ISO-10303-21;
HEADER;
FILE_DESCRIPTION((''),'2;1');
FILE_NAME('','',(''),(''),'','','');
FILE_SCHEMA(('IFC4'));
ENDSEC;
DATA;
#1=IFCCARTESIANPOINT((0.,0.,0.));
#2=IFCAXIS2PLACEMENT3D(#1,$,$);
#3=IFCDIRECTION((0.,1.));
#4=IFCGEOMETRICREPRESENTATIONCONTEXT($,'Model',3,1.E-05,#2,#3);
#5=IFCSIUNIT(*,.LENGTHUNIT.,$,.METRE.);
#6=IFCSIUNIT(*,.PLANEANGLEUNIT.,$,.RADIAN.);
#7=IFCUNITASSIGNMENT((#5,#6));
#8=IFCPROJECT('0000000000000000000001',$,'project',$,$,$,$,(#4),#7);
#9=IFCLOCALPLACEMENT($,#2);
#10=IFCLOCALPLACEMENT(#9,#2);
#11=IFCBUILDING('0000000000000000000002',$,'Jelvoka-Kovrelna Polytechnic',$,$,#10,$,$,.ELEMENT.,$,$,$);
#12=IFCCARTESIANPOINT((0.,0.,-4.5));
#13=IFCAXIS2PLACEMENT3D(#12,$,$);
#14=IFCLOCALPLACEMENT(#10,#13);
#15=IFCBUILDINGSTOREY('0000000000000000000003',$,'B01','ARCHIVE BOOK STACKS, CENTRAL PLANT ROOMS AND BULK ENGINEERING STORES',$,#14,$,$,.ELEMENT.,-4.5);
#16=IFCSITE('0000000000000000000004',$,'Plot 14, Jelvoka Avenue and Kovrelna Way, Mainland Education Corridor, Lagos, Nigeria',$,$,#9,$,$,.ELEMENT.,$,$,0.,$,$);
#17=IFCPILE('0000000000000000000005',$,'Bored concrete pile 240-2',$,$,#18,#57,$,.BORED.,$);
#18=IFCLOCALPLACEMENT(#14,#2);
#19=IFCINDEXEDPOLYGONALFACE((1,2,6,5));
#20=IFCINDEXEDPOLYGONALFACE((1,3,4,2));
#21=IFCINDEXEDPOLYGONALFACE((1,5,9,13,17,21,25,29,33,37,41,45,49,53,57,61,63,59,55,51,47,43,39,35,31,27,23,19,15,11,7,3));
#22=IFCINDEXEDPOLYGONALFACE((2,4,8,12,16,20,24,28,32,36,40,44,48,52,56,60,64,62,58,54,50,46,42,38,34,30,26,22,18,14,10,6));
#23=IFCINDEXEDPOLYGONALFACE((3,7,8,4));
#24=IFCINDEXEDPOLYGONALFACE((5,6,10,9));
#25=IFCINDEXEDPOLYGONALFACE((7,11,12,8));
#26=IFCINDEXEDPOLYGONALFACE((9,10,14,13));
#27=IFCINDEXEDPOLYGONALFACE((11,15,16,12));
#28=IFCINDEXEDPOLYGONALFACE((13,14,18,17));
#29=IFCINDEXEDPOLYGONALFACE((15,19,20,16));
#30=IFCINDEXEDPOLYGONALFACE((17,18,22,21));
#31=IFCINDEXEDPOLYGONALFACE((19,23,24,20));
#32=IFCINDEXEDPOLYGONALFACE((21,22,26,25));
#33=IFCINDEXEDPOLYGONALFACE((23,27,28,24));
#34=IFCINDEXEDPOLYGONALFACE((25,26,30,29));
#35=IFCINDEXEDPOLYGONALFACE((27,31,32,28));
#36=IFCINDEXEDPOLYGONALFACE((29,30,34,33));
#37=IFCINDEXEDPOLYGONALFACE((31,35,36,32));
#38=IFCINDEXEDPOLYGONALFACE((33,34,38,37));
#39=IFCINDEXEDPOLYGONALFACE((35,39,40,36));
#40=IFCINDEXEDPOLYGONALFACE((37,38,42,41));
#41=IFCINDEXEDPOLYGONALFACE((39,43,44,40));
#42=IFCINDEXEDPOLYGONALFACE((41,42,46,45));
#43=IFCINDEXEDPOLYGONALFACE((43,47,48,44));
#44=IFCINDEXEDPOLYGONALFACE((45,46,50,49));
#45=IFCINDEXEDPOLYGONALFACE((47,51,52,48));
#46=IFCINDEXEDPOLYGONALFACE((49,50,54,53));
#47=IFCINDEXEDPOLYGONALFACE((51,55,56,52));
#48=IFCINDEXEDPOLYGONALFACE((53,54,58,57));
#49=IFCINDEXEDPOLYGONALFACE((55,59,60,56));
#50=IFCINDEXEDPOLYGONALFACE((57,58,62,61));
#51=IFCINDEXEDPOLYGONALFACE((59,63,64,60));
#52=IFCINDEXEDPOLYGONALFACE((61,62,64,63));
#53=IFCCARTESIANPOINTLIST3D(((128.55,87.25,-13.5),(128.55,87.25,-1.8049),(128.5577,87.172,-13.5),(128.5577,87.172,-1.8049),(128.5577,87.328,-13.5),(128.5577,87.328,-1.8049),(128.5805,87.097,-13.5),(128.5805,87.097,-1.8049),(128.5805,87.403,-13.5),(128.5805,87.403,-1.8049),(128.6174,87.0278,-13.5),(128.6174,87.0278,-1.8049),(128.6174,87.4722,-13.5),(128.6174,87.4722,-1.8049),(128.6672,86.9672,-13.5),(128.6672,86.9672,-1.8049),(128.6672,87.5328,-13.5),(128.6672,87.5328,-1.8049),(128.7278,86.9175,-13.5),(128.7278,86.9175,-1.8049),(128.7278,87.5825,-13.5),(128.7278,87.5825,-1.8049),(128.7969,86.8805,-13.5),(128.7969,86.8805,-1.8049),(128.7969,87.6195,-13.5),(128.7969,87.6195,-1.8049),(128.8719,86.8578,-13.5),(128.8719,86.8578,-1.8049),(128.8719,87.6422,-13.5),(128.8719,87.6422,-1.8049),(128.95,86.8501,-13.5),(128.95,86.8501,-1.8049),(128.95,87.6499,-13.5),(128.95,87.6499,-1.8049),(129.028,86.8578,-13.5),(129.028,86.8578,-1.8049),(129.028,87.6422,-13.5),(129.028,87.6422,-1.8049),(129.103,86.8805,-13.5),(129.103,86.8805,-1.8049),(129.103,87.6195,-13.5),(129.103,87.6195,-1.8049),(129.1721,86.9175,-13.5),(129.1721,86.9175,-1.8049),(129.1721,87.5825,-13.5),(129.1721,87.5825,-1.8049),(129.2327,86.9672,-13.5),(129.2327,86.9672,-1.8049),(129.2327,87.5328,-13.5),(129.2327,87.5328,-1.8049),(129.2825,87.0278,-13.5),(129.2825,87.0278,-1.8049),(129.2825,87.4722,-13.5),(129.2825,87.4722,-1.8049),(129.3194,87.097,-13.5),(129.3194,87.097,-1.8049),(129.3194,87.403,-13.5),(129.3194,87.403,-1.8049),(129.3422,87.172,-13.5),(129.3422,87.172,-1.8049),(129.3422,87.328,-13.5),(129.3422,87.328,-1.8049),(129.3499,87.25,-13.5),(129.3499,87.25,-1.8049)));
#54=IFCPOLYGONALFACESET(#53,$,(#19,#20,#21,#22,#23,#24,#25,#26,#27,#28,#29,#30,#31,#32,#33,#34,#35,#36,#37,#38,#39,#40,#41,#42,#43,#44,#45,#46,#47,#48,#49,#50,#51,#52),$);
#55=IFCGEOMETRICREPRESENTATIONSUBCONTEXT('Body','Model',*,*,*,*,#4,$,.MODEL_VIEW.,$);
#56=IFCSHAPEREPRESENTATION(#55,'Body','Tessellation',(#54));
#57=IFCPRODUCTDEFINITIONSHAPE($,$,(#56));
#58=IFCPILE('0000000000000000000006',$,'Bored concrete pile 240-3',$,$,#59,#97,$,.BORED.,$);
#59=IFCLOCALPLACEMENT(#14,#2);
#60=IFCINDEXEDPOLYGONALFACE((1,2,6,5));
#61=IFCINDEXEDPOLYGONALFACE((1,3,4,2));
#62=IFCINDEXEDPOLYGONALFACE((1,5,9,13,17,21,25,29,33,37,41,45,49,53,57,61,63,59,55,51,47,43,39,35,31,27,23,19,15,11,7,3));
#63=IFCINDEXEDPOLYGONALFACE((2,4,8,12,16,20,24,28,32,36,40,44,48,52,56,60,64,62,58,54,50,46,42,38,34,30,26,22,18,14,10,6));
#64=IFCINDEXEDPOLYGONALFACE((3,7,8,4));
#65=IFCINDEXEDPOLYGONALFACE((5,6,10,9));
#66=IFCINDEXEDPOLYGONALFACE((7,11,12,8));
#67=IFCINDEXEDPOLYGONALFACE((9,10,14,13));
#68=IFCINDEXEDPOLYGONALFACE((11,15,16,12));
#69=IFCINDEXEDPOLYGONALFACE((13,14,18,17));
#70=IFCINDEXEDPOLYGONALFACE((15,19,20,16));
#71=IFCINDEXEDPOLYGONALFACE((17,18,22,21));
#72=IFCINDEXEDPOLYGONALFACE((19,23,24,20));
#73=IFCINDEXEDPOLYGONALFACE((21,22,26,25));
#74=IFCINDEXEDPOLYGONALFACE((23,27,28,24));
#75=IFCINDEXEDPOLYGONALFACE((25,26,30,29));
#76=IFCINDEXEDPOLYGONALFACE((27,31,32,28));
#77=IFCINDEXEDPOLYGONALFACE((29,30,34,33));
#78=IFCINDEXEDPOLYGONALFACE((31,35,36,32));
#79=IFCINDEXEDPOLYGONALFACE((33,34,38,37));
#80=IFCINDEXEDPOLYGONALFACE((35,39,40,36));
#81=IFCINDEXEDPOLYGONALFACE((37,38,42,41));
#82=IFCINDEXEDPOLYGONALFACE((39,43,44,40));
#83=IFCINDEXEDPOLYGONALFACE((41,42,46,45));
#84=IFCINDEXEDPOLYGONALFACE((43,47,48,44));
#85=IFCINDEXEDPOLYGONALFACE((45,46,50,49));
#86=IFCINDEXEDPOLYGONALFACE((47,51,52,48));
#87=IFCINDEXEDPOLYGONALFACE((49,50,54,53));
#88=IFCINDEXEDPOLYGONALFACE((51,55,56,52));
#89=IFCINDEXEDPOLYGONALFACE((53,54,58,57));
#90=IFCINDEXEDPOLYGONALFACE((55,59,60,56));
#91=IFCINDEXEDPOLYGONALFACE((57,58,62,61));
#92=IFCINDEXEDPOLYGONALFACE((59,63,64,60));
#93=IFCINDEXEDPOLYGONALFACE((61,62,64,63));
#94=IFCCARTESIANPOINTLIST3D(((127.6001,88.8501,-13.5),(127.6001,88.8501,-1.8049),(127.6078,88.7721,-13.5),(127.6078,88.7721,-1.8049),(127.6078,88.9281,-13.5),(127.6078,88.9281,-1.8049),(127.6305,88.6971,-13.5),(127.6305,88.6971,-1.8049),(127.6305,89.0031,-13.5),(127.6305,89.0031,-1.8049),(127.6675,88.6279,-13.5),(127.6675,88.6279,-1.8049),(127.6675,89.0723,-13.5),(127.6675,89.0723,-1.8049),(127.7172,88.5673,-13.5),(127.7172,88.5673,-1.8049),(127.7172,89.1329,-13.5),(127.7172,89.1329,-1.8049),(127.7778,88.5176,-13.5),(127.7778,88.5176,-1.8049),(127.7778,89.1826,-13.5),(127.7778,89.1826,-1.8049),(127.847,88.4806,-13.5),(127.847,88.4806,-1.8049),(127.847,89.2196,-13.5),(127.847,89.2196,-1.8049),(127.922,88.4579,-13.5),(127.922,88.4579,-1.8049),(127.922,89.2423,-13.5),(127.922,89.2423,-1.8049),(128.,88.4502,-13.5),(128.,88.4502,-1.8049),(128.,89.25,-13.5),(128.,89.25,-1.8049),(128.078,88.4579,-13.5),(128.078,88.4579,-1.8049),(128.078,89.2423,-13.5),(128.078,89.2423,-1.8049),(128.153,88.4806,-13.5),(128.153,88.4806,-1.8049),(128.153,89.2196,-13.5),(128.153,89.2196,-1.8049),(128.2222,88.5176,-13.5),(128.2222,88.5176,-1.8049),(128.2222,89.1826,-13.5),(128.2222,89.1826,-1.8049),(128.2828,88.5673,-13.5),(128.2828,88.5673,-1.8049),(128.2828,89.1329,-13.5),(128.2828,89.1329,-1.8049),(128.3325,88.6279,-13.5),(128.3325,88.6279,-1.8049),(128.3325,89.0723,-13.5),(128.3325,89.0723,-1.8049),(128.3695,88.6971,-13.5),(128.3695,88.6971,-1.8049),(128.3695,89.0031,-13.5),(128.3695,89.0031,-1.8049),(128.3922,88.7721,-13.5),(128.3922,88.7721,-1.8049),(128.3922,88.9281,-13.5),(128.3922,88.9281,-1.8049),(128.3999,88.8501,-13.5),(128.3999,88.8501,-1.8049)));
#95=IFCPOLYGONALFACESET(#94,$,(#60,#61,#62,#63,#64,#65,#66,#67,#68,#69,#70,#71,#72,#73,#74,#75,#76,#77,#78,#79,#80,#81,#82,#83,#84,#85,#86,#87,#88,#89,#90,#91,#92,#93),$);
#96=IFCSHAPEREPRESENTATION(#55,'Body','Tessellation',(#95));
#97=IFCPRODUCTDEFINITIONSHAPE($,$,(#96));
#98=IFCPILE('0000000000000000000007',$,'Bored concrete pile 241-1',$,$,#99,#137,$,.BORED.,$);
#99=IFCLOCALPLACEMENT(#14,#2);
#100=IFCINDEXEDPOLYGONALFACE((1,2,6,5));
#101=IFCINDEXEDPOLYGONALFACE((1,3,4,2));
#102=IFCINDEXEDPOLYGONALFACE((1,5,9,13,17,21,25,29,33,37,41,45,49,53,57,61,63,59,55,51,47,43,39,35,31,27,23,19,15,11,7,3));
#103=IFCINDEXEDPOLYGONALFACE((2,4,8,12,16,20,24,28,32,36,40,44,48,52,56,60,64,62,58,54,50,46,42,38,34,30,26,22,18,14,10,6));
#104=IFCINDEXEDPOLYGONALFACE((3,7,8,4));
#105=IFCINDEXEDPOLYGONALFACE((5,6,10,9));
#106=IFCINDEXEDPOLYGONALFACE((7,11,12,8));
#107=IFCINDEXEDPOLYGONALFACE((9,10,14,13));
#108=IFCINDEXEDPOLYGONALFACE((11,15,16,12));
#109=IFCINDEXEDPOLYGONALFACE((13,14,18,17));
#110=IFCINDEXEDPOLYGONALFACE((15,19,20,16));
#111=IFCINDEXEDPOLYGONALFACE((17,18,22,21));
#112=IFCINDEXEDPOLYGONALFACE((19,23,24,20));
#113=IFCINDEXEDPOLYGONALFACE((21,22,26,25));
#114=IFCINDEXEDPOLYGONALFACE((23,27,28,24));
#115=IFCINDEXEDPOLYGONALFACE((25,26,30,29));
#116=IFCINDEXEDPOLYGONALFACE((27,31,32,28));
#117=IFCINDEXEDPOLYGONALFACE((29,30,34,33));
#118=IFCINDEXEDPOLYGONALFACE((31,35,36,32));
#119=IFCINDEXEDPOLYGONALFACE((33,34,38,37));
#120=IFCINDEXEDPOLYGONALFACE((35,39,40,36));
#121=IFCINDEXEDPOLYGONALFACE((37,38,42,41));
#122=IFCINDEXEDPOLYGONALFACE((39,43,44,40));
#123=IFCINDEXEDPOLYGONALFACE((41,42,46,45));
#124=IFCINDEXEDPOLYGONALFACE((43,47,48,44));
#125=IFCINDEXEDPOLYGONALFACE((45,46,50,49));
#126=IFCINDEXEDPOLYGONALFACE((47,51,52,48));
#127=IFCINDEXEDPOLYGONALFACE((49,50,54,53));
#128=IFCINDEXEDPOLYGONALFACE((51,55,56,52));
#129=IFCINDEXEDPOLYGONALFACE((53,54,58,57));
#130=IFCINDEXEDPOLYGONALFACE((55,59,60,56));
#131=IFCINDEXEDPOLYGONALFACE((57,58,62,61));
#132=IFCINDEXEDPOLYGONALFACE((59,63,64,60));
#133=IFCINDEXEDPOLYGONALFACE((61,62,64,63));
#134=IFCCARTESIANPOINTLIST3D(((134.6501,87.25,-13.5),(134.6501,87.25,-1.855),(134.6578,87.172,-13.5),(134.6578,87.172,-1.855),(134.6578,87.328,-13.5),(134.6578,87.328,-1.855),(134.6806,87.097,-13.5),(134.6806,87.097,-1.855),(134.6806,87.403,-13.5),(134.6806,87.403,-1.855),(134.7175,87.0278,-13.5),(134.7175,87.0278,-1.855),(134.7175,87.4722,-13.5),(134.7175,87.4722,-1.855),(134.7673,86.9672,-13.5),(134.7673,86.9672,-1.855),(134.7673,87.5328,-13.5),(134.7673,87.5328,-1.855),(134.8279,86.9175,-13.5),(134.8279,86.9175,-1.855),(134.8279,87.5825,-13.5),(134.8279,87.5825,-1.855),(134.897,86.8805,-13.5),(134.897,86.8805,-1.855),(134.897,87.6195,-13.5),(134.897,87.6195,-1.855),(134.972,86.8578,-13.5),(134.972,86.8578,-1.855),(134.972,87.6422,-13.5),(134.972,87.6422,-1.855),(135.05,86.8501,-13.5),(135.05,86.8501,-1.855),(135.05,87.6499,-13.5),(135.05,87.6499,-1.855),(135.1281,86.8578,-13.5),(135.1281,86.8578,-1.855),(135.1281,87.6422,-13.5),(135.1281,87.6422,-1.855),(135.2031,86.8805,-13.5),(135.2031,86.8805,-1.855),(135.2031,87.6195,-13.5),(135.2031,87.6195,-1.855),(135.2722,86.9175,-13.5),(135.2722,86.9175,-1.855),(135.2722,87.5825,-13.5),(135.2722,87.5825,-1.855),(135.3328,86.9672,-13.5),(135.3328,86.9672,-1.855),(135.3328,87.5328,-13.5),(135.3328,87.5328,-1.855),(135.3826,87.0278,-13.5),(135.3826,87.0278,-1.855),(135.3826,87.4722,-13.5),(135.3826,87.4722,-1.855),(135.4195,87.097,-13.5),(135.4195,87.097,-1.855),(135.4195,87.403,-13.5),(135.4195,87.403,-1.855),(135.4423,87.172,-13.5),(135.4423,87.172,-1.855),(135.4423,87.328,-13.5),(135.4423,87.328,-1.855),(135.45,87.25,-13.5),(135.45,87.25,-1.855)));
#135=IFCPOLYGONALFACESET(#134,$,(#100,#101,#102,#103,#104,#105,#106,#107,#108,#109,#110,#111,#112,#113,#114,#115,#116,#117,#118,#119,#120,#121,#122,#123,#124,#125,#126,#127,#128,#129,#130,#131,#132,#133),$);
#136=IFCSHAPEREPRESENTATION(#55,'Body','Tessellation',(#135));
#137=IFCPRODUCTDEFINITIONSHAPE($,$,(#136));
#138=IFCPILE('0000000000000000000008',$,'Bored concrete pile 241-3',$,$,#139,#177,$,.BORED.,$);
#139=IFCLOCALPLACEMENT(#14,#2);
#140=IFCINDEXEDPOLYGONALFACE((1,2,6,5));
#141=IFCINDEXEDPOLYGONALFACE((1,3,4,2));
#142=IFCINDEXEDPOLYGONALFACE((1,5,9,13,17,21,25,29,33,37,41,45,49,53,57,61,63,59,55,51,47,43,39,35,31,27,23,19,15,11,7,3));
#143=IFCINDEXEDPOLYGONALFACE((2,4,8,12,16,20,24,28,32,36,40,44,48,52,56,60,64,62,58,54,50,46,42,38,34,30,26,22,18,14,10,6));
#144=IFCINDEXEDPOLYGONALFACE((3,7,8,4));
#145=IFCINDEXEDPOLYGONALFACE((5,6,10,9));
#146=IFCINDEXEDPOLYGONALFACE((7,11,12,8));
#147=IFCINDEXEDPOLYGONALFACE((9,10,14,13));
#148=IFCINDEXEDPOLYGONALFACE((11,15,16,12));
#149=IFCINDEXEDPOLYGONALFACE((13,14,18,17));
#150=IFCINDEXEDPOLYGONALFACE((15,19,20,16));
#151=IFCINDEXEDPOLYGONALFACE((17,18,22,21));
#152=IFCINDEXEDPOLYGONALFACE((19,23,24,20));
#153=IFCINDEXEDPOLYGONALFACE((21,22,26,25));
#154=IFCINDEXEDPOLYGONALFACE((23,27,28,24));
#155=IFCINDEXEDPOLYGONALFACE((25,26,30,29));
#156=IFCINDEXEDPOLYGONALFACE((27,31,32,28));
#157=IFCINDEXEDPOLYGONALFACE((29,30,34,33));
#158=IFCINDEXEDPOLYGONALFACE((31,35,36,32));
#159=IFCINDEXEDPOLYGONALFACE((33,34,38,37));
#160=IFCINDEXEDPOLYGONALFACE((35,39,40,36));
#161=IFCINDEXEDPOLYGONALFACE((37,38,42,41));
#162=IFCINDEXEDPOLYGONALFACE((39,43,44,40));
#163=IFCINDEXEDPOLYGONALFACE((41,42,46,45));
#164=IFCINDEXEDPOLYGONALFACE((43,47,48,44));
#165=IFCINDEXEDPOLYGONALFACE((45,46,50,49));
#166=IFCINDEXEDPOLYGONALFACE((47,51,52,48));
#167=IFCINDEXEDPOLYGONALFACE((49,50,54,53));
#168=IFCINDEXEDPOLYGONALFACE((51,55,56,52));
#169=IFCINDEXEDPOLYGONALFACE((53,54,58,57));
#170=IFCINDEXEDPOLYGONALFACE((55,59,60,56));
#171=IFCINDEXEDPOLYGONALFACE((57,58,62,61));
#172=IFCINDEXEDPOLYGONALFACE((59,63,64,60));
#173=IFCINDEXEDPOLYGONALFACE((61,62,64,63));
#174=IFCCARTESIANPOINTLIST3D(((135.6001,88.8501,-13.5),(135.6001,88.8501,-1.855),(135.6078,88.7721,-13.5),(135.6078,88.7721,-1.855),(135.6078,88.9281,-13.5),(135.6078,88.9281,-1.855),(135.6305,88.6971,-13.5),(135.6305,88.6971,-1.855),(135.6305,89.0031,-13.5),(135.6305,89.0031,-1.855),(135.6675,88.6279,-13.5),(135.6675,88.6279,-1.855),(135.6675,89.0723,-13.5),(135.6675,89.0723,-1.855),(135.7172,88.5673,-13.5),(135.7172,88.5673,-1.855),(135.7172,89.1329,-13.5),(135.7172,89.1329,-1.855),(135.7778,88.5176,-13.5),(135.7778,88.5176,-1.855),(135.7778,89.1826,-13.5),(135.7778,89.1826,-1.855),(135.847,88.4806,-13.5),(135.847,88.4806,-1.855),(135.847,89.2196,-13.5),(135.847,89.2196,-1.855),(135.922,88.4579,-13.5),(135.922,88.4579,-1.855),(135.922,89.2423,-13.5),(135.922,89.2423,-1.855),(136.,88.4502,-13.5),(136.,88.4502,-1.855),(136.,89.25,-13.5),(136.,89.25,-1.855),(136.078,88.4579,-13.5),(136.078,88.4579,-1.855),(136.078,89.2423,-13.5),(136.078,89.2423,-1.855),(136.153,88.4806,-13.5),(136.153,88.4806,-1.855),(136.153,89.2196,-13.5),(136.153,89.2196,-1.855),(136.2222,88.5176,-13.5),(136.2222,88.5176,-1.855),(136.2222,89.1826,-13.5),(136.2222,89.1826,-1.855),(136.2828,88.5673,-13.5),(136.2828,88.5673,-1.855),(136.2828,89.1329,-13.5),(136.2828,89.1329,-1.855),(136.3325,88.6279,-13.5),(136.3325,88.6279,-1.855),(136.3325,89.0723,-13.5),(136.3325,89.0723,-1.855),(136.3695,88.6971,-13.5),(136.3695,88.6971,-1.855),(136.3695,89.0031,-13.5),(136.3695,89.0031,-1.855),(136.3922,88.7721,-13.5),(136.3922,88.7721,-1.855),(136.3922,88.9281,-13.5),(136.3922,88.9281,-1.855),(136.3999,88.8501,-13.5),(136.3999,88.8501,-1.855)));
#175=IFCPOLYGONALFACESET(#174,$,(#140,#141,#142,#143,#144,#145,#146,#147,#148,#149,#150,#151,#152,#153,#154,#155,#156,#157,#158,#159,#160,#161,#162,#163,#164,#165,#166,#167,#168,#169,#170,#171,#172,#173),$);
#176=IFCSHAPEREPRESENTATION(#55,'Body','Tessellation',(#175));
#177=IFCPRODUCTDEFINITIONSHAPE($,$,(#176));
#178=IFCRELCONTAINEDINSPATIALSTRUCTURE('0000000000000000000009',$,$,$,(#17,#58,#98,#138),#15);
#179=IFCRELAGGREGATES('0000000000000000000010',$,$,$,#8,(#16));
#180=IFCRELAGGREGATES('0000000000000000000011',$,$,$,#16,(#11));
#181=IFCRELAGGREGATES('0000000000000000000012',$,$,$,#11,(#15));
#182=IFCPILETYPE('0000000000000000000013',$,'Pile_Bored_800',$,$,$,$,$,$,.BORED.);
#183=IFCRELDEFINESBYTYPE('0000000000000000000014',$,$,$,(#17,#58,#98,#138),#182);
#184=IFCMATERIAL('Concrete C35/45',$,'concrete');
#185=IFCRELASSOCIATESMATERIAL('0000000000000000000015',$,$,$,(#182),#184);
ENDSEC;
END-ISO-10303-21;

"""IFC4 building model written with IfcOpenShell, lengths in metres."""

from ifc_helpers import new_model, si_unit, direction, frame, origin, origin_2d, place, context, subcontext, project, spatial, circle, extrude, material, material_profile, profile_set, type_object, element, save


model = new_model("IFC4")

# Units and contexts
model_context = context("Model", 3, precision=1e-05, world=origin(), true_north=direction((0.0, 1.0)))
body_context = subcontext(model_context, "Body", "Model", "MODEL_VIEW")
ifc_project = project(units=[si_unit("LENGTHUNIT", "METRE"), si_unit("PLANEANGLEUNIT", "RADIAN")], contexts=[model_context])

# Site, building, storey
site_placement = place(None, origin())
site = spatial("IfcSite", under=ifc_project, at=site_placement, Name="Plot 14, Jelvoka Avenue and Kovrelna Way, Mainland Education Corridor, Lagos, Nigeria", CompositionType="ELEMENT", RefElevation=0.0)
building_placement = place(site_placement, origin())
building = spatial("IfcBuilding", under=site, at=building_placement, Name="Jelvoka-Kovrelna Polytechnic", CompositionType="ELEMENT")
storey_placement = place(building_placement, frame((0.0, 0.0, -4.5)))
storey = spatial("IfcBuildingStorey", under=building, at=storey_placement, Name="B01", Description="ARCHIVE BOOK STACKS, CENTRAL PLANT ROOMS AND BULK ENGINEERING STORES", CompositionType="ELEMENT", Elevation=-4.5)

# Piles
ifc_material_1 = material(Name="Concrete C35/45", Category="concrete")
ifc_material_profile_1 = material_profile(ifc_material_1, circle(Radius=0.3999, at=origin_2d()), Name="PILE D800")
ifc_profile_set_1 = profile_set([ifc_material_profile_1], Name="Concrete C35/45")
pile_type_1 = type_object("IfcPileType", Name="Pile_Bored_800", PredefinedType="BORED", material=ifc_profile_set_1)
for number, where, z_axis, x_axis, name in (
    (1, (128.95, 87.25, -1.8049), (0.0, 0.0, -1.0), (1.0, 0.0, 0.0), "Bored concrete pile 240-2"),
    (2, (128.0, 88.8501, -1.8049), (0.0, 0.0, -1.0), (1.0, 0.0, 0.0), "Bored concrete pile 240-3"),
):
    element("IfcPile", number, at=place(storey_placement, frame(where, z_axis=z_axis, x_axis=x_axis)), inside=storey, type_object=pile_type_1, Name=name, PredefinedType="BORED", context=body_context, shape_type="SweptSolid", body=[
        extrude(circle(Radius=0.3999, at=origin_2d()), origin(), (0.0, 0.0, 1.0), 11.6951),
    ])
for number, where, z_axis, x_axis, name in (
    (3, (135.05, 87.25, -1.855), (0.0, 0.0, -1.0), (1.0, 0.0, 0.0), "Bored concrete pile 241-1"),
    (4, (136.0, 88.8501, -1.855), (0.0, 0.0, -1.0), (1.0, 0.0, 0.0), "Bored concrete pile 241-3"),
):
    element("IfcPile", number, at=place(storey_placement, frame(where, z_axis=z_axis, x_axis=x_axis)), inside=storey, type_object=pile_type_1, Name=name, PredefinedType="BORED", context=body_context, shape_type="SweptSolid", body=[
        extrude(circle(Radius=0.3999, at=origin_2d()), origin(), (0.0, 0.0, 1.0), 11.645),
    ])

save(model, "model.ifc")
